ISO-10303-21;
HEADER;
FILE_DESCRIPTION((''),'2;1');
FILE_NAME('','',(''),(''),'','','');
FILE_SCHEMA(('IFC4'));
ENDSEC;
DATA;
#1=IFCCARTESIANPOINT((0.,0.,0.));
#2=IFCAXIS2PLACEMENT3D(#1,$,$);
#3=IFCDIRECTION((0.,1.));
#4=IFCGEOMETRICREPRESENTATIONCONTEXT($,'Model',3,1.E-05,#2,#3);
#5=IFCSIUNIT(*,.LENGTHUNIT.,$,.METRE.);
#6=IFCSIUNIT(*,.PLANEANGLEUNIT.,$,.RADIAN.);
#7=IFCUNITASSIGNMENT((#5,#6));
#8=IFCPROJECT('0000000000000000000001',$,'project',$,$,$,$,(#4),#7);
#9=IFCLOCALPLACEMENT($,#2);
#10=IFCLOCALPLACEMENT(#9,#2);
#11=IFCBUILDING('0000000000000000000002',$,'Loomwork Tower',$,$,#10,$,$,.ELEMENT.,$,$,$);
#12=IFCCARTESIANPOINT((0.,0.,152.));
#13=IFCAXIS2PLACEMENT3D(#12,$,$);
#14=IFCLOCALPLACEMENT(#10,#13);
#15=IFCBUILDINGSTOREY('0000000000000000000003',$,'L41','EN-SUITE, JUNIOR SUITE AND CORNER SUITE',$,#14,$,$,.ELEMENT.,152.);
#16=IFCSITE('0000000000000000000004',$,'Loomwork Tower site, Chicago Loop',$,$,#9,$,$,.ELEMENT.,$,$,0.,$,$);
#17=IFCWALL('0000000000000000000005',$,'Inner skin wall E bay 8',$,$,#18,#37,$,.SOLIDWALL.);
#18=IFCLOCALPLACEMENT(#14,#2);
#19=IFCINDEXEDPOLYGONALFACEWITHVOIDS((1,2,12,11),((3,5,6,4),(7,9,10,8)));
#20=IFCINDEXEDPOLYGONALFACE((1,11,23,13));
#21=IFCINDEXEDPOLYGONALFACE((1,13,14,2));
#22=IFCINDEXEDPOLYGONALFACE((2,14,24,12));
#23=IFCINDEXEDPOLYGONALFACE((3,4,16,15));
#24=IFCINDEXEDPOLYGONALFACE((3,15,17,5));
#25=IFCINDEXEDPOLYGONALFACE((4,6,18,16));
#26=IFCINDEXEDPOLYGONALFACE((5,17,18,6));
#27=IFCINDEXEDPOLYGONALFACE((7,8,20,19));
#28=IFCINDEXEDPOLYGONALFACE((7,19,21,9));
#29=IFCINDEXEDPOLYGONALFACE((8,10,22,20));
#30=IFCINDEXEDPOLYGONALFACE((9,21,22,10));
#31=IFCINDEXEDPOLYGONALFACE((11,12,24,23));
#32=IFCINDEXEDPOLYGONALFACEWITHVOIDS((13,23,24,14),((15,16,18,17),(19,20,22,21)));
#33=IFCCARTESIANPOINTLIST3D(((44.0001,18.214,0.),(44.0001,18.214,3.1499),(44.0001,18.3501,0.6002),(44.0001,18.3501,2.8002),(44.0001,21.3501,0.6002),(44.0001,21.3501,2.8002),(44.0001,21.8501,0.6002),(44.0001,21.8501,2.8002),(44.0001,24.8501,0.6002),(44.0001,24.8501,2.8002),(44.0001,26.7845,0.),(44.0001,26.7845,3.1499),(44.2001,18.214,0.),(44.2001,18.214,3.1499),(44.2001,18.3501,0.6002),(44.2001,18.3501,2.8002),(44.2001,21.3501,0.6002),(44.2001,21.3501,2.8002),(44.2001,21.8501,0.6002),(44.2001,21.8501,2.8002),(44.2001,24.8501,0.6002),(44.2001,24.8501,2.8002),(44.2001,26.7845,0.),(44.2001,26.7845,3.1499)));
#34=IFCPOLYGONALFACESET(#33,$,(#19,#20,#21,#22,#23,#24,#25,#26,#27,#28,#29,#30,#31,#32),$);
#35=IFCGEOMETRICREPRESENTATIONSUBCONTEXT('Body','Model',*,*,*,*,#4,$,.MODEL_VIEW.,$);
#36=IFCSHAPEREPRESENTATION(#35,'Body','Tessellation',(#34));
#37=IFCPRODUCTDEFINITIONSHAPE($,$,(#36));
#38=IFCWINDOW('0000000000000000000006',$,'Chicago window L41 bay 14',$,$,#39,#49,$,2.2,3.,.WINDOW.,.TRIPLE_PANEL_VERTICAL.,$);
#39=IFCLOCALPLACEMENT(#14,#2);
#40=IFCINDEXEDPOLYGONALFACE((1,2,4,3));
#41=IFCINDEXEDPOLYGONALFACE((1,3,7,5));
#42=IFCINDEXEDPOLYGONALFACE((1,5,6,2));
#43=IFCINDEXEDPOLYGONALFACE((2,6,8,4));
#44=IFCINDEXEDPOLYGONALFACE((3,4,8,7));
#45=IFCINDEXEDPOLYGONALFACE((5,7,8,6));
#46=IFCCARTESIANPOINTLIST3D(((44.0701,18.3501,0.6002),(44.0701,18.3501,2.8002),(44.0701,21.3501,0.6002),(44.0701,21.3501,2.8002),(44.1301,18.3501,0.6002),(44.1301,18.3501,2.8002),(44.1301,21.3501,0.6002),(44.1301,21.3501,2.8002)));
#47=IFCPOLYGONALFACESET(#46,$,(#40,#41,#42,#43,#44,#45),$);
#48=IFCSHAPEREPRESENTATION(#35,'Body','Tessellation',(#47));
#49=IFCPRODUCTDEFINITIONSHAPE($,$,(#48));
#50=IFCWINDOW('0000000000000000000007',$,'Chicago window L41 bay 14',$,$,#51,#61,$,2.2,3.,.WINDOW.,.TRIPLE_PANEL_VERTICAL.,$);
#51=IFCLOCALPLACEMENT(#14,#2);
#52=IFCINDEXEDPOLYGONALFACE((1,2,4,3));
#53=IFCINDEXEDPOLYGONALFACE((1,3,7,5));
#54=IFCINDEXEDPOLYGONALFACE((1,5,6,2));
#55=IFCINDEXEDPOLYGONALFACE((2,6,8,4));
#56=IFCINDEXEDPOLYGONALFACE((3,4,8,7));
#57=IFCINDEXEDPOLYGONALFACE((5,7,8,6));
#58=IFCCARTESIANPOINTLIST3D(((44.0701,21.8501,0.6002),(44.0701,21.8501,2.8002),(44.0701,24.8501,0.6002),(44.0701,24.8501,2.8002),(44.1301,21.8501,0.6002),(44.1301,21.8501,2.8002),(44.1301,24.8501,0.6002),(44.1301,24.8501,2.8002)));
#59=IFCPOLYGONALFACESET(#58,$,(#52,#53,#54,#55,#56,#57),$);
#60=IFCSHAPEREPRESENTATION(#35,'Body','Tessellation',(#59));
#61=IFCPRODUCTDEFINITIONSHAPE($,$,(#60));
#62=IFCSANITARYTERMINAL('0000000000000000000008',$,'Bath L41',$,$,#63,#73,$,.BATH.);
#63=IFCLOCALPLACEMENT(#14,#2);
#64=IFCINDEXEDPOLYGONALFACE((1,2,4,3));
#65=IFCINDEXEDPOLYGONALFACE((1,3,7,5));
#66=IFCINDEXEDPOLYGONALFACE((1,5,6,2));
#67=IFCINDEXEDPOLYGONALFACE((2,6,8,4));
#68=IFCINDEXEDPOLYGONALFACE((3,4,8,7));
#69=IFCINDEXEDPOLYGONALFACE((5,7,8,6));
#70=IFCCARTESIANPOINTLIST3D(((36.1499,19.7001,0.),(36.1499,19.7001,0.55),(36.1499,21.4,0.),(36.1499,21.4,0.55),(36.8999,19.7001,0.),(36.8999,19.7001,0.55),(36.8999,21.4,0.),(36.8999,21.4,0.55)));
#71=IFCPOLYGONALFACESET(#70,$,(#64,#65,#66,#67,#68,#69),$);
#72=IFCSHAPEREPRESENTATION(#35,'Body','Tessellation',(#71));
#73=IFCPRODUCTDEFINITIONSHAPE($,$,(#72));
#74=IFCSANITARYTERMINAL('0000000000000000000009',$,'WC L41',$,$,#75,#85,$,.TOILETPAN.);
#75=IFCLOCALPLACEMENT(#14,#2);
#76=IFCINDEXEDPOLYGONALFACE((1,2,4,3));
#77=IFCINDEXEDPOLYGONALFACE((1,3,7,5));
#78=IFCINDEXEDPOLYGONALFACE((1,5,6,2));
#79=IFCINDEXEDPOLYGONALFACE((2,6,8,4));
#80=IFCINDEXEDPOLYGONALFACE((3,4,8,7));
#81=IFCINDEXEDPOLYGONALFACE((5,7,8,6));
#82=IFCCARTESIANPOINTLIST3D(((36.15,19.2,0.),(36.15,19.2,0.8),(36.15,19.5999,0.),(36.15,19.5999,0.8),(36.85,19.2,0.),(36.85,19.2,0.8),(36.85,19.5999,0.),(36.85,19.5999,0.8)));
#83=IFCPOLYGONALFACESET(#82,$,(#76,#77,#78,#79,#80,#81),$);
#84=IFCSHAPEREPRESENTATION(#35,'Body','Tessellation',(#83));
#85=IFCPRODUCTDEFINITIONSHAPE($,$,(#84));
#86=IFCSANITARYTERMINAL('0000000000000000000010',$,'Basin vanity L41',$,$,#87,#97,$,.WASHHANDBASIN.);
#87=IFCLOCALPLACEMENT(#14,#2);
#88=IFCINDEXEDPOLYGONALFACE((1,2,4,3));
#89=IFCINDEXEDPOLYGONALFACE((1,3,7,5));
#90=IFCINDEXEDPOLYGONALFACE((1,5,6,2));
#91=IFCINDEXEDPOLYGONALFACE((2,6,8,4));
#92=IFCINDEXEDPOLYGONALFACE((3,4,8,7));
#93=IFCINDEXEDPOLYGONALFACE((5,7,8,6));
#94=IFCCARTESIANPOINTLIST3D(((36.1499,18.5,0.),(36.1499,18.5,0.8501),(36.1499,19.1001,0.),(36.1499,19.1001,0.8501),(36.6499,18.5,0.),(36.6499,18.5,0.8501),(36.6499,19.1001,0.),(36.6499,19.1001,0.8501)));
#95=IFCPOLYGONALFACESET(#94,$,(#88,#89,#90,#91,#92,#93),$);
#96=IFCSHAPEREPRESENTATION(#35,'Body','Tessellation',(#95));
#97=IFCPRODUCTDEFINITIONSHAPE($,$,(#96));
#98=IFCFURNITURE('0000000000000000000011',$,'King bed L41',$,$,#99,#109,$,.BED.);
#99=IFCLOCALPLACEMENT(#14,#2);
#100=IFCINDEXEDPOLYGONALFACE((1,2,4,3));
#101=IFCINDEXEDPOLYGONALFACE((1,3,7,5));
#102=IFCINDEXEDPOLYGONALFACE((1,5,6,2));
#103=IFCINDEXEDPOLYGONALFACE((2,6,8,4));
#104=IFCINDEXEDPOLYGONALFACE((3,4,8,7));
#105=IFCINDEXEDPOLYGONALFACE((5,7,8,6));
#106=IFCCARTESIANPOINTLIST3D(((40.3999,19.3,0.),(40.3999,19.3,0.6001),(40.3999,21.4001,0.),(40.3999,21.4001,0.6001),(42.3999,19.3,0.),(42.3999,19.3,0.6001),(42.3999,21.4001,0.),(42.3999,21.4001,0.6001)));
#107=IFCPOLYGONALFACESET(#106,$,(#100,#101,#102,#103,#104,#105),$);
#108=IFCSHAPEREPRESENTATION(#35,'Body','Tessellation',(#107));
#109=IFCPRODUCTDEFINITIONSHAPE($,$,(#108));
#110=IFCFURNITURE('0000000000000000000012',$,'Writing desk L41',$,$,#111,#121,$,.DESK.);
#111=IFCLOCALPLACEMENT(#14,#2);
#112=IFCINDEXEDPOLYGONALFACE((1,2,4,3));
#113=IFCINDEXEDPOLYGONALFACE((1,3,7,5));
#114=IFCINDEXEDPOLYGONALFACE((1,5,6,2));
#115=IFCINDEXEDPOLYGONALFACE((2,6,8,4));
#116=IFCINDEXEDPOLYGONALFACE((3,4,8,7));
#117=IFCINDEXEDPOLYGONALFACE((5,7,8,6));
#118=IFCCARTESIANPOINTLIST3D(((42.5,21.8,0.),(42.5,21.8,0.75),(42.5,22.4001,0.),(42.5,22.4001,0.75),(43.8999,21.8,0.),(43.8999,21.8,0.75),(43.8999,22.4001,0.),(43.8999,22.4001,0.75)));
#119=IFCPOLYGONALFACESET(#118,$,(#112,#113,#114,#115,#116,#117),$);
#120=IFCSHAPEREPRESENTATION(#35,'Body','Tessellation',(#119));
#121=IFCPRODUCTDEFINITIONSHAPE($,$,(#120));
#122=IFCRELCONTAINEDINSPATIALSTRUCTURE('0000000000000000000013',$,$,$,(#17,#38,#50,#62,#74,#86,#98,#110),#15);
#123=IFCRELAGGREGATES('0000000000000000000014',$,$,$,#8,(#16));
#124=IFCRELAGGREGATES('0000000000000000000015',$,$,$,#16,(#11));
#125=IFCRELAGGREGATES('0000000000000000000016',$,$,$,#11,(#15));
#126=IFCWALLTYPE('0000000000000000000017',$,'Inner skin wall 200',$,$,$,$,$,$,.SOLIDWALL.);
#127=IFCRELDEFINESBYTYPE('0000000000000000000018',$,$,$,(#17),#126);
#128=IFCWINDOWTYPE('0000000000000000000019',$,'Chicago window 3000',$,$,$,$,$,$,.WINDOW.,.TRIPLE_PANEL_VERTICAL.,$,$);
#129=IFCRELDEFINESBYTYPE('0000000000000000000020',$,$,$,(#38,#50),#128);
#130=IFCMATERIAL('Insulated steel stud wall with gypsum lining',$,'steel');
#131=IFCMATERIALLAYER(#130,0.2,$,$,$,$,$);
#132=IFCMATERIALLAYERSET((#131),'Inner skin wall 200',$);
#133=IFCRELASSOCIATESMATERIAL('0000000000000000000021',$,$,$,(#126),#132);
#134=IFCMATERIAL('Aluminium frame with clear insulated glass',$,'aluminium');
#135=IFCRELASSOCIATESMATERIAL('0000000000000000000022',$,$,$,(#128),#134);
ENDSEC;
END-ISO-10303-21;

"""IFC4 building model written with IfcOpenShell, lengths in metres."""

from ifc_helpers import new_model, si_unit, direction, frame, frame_2d, origin, origin_2d, place, context, subcontext, project, spatial, rectangle, extrude, material, layer, layer_set, type_object, element, fill, save


model = new_model("IFC4")

# Units and contexts
model_context = context("Model", 3, precision=1e-05, world=origin(), true_north=direction((0.0, 1.0)))
body_context = subcontext(model_context, "Body", "Model", "MODEL_VIEW")
ifc_project = project(units=[si_unit("LENGTHUNIT", "METRE"), si_unit("PLANEANGLEUNIT", "RADIAN")], contexts=[model_context])

# Site, building, storey
site_placement = place(None, origin())
site = spatial("IfcSite", under=ifc_project, at=site_placement, Name="Loomwork Tower site, Chicago Loop", CompositionType="ELEMENT", RefElevation=0.0)
building_placement = place(site_placement, origin())
building = spatial("IfcBuilding", under=site, at=building_placement, Name="Loomwork Tower", CompositionType="ELEMENT")
storey_placement = place(building_placement, frame((0.0, 0.0, 152.0)))
storey = spatial("IfcBuildingStorey", under=building, at=storey_placement, Name="L41", Description="EN-SUITE, JUNIOR SUITE AND CORNER SUITE", CompositionType="ELEMENT", Elevation=152.0)

# Wall, openings, windows
ifc_material_1 = material(Name="Insulated steel stud wall with gypsum lining", Category="steel")
ifc_layer_1 = layer(ifc_material_1, 0.2)
ifc_layer_set_1 = layer_set([ifc_layer_1], Name="Inner skin wall 200")
wall_type_1 = type_object("IfcWallType", Name="Inner skin wall 200", PredefinedType="SOLIDWALL", material=ifc_layer_set_1)
wall_1_placement = place(storey_placement, frame((44.1001, 18.2141, 0.0), z_axis=(0.0, 0.0, 1.0), x_axis=(0.0, 1.0, 0.0)))
wall_1 = element("IfcWall", 1, at=wall_1_placement, inside=storey, type_object=wall_type_1, Name="Inner skin wall E bay 8", PredefinedType="SOLIDWALL", context=body_context, shape_type="SweptSolid", body=[
    extrude(rectangle(XDim=8.5706, YDim=0.2, at=frame_2d((4.2852, 0.0))), origin(), (0.0, 0.0, 1.0), 3.1499),
])
opening_1_placement = place(wall_1_placement, frame((0.136, 0.0, 0.6001)))
opening_1 = element("IfcOpeningElement", 2, at=opening_1_placement, cuts=wall_1, PredefinedType="OPENING", context=body_context, shape_type="SweptSolid", body=[
    extrude(rectangle(XDim=3.0, YDim=2.2, at=frame_2d((1.5, 1.1001))), frame((0.0, 0.1099, 0.0), z_axis=(0.0, -1.0, 0.0), x_axis=(1.0, 0.0, 0.0)), (0.0, 0.0, 1.0), 0.22),
])
opening_2_placement = place(wall_1_placement, frame((3.636, 0.0, 0.6001)))
opening_2 = element("IfcOpeningElement", 3, at=opening_2_placement, cuts=wall_1, PredefinedType="OPENING", context=body_context, shape_type="SweptSolid", body=[
    extrude(rectangle(XDim=3.0, YDim=2.2, at=frame_2d((1.5, 1.1001))), frame((0.0, 0.1099, 0.0), z_axis=(0.0, -1.0, 0.0), x_axis=(1.0, 0.0, 0.0)), (0.0, 0.0, 1.0), 0.22),
])
ifc_material_2 = material(Name="Aluminium frame with clear insulated glass", Category="aluminium")
window_type = type_object("IfcWindowType", Name="Chicago window 3000", PartitioningType="TRIPLE_PANEL_VERTICAL", PredefinedType="WINDOW", material=ifc_material_2)
window_1_placement = place(opening_1_placement, origin())
window_1 = element("IfcWindow", 4, at=window_1_placement, inside=storey, type_object=window_type, Name="Chicago window L41 bay 14", OverallHeight=2.2, OverallWidth=3.0, PartitioningType="TRIPLE_PANEL_VERTICAL", PredefinedType="WINDOW", context=body_context, shape_type="SweptSolid", body=[
    extrude(rectangle(XDim=3.0, YDim=2.2, at=frame_2d((1.5, 1.1001))), frame((0.0, 0.03, 0.0), z_axis=(0.0, -1.0, 0.0), x_axis=(1.0, 0.0, 0.0)), (0.0, 0.0, 1.0), 0.0601),
])
fill(opening_1, window_1)
window_2_placement = place(opening_2_placement, origin())
window_2 = element("IfcWindow", 5, at=window_2_placement, inside=storey, type_object=window_type, Name="Chicago window L41 bay 14", OverallHeight=2.2, OverallWidth=3.0, PartitioningType="TRIPLE_PANEL_VERTICAL", PredefinedType="WINDOW", context=body_context, shape_type="SweptSolid", body=[
    extrude(rectangle(XDim=3.0, YDim=2.2, at=frame_2d((1.5, 1.1001))), frame((0.0, 0.03, 0.0), z_axis=(0.0, -1.0, 0.0), x_axis=(1.0, 0.0, 0.0)), (0.0, 0.0, 1.0), 0.0601),
])
fill(opening_2, window_2)

# Sanitary terminals
sanitary_terminal_1_placement = place(storey_placement, frame((36.5249, 20.55, 0.0), z_axis=(0.0, 0.0, 1.0), x_axis=(1.0, 0.0, 0.0)))
element("IfcSanitaryTerminal", 6, at=sanitary_terminal_1_placement, inside=storey, Name="Bath L41", PredefinedType="BATH", context=body_context, shape_type="SweptSolid", body=[
    extrude(rectangle(XDim=0.75, YDim=1.7, at=origin_2d()), origin(), (0.0, 0.0, 1.0), 0.55),
])
sanitary_terminal_2_placement = place(storey_placement, frame((36.5, 19.3999, 0.0), z_axis=(0.0, 0.0, 1.0), x_axis=(1.0, 0.0, 0.0)))
element("IfcSanitaryTerminal", 7, at=sanitary_terminal_2_placement, inside=storey, Name="WC L41", PredefinedType="TOILETPAN", context=body_context, shape_type="SweptSolid", body=[
    extrude(rectangle(XDim=0.7, YDim=0.3999, at=origin_2d()), origin(), (0.0, 0.0, 1.0), 0.8),
])
sanitary_terminal_3_placement = place(storey_placement, frame((36.3999, 18.8, 0.0), z_axis=(0.0, 0.0, 1.0), x_axis=(1.0, 0.0, 0.0)))
element("IfcSanitaryTerminal", 8, at=sanitary_terminal_3_placement, inside=storey, Name="Basin vanity L41", PredefinedType="WASHHANDBASIN", context=body_context, shape_type="SweptSolid", body=[
    extrude(rectangle(XDim=0.5, YDim=0.6001, at=origin_2d()), origin(), (0.0, 0.0, 1.0), 0.8501),
])

# Furniture
furniture_1_placement = place(storey_placement, frame((41.3999, 20.3501, 0.0), z_axis=(0.0, 0.0, 1.0), x_axis=(1.0, 0.0, 0.0)))
element("IfcFurniture", 9, at=furniture_1_placement, inside=storey, Name="King bed L41", PredefinedType="BED", context=body_context, shape_type="SweptSolid", body=[
    extrude(rectangle(XDim=2.0, YDim=2.1001, at=origin_2d()), origin(), (0.0, 0.0, 1.0), 0.6001),
])
furniture_2_placement = place(storey_placement, frame((43.2, 22.1001, 0.0), z_axis=(0.0, 0.0, 1.0), x_axis=(1.0, 0.0, 0.0)))
element("IfcFurniture", 10, at=furniture_2_placement, inside=storey, Name="Writing desk L41", PredefinedType="DESK", context=body_context, shape_type="SweptSolid", body=[
    extrude(rectangle(XDim=1.3999, YDim=0.6001, at=origin_2d()), origin(), (0.0, 0.0, 1.0), 0.75),
])

save(model, "model.ifc")
